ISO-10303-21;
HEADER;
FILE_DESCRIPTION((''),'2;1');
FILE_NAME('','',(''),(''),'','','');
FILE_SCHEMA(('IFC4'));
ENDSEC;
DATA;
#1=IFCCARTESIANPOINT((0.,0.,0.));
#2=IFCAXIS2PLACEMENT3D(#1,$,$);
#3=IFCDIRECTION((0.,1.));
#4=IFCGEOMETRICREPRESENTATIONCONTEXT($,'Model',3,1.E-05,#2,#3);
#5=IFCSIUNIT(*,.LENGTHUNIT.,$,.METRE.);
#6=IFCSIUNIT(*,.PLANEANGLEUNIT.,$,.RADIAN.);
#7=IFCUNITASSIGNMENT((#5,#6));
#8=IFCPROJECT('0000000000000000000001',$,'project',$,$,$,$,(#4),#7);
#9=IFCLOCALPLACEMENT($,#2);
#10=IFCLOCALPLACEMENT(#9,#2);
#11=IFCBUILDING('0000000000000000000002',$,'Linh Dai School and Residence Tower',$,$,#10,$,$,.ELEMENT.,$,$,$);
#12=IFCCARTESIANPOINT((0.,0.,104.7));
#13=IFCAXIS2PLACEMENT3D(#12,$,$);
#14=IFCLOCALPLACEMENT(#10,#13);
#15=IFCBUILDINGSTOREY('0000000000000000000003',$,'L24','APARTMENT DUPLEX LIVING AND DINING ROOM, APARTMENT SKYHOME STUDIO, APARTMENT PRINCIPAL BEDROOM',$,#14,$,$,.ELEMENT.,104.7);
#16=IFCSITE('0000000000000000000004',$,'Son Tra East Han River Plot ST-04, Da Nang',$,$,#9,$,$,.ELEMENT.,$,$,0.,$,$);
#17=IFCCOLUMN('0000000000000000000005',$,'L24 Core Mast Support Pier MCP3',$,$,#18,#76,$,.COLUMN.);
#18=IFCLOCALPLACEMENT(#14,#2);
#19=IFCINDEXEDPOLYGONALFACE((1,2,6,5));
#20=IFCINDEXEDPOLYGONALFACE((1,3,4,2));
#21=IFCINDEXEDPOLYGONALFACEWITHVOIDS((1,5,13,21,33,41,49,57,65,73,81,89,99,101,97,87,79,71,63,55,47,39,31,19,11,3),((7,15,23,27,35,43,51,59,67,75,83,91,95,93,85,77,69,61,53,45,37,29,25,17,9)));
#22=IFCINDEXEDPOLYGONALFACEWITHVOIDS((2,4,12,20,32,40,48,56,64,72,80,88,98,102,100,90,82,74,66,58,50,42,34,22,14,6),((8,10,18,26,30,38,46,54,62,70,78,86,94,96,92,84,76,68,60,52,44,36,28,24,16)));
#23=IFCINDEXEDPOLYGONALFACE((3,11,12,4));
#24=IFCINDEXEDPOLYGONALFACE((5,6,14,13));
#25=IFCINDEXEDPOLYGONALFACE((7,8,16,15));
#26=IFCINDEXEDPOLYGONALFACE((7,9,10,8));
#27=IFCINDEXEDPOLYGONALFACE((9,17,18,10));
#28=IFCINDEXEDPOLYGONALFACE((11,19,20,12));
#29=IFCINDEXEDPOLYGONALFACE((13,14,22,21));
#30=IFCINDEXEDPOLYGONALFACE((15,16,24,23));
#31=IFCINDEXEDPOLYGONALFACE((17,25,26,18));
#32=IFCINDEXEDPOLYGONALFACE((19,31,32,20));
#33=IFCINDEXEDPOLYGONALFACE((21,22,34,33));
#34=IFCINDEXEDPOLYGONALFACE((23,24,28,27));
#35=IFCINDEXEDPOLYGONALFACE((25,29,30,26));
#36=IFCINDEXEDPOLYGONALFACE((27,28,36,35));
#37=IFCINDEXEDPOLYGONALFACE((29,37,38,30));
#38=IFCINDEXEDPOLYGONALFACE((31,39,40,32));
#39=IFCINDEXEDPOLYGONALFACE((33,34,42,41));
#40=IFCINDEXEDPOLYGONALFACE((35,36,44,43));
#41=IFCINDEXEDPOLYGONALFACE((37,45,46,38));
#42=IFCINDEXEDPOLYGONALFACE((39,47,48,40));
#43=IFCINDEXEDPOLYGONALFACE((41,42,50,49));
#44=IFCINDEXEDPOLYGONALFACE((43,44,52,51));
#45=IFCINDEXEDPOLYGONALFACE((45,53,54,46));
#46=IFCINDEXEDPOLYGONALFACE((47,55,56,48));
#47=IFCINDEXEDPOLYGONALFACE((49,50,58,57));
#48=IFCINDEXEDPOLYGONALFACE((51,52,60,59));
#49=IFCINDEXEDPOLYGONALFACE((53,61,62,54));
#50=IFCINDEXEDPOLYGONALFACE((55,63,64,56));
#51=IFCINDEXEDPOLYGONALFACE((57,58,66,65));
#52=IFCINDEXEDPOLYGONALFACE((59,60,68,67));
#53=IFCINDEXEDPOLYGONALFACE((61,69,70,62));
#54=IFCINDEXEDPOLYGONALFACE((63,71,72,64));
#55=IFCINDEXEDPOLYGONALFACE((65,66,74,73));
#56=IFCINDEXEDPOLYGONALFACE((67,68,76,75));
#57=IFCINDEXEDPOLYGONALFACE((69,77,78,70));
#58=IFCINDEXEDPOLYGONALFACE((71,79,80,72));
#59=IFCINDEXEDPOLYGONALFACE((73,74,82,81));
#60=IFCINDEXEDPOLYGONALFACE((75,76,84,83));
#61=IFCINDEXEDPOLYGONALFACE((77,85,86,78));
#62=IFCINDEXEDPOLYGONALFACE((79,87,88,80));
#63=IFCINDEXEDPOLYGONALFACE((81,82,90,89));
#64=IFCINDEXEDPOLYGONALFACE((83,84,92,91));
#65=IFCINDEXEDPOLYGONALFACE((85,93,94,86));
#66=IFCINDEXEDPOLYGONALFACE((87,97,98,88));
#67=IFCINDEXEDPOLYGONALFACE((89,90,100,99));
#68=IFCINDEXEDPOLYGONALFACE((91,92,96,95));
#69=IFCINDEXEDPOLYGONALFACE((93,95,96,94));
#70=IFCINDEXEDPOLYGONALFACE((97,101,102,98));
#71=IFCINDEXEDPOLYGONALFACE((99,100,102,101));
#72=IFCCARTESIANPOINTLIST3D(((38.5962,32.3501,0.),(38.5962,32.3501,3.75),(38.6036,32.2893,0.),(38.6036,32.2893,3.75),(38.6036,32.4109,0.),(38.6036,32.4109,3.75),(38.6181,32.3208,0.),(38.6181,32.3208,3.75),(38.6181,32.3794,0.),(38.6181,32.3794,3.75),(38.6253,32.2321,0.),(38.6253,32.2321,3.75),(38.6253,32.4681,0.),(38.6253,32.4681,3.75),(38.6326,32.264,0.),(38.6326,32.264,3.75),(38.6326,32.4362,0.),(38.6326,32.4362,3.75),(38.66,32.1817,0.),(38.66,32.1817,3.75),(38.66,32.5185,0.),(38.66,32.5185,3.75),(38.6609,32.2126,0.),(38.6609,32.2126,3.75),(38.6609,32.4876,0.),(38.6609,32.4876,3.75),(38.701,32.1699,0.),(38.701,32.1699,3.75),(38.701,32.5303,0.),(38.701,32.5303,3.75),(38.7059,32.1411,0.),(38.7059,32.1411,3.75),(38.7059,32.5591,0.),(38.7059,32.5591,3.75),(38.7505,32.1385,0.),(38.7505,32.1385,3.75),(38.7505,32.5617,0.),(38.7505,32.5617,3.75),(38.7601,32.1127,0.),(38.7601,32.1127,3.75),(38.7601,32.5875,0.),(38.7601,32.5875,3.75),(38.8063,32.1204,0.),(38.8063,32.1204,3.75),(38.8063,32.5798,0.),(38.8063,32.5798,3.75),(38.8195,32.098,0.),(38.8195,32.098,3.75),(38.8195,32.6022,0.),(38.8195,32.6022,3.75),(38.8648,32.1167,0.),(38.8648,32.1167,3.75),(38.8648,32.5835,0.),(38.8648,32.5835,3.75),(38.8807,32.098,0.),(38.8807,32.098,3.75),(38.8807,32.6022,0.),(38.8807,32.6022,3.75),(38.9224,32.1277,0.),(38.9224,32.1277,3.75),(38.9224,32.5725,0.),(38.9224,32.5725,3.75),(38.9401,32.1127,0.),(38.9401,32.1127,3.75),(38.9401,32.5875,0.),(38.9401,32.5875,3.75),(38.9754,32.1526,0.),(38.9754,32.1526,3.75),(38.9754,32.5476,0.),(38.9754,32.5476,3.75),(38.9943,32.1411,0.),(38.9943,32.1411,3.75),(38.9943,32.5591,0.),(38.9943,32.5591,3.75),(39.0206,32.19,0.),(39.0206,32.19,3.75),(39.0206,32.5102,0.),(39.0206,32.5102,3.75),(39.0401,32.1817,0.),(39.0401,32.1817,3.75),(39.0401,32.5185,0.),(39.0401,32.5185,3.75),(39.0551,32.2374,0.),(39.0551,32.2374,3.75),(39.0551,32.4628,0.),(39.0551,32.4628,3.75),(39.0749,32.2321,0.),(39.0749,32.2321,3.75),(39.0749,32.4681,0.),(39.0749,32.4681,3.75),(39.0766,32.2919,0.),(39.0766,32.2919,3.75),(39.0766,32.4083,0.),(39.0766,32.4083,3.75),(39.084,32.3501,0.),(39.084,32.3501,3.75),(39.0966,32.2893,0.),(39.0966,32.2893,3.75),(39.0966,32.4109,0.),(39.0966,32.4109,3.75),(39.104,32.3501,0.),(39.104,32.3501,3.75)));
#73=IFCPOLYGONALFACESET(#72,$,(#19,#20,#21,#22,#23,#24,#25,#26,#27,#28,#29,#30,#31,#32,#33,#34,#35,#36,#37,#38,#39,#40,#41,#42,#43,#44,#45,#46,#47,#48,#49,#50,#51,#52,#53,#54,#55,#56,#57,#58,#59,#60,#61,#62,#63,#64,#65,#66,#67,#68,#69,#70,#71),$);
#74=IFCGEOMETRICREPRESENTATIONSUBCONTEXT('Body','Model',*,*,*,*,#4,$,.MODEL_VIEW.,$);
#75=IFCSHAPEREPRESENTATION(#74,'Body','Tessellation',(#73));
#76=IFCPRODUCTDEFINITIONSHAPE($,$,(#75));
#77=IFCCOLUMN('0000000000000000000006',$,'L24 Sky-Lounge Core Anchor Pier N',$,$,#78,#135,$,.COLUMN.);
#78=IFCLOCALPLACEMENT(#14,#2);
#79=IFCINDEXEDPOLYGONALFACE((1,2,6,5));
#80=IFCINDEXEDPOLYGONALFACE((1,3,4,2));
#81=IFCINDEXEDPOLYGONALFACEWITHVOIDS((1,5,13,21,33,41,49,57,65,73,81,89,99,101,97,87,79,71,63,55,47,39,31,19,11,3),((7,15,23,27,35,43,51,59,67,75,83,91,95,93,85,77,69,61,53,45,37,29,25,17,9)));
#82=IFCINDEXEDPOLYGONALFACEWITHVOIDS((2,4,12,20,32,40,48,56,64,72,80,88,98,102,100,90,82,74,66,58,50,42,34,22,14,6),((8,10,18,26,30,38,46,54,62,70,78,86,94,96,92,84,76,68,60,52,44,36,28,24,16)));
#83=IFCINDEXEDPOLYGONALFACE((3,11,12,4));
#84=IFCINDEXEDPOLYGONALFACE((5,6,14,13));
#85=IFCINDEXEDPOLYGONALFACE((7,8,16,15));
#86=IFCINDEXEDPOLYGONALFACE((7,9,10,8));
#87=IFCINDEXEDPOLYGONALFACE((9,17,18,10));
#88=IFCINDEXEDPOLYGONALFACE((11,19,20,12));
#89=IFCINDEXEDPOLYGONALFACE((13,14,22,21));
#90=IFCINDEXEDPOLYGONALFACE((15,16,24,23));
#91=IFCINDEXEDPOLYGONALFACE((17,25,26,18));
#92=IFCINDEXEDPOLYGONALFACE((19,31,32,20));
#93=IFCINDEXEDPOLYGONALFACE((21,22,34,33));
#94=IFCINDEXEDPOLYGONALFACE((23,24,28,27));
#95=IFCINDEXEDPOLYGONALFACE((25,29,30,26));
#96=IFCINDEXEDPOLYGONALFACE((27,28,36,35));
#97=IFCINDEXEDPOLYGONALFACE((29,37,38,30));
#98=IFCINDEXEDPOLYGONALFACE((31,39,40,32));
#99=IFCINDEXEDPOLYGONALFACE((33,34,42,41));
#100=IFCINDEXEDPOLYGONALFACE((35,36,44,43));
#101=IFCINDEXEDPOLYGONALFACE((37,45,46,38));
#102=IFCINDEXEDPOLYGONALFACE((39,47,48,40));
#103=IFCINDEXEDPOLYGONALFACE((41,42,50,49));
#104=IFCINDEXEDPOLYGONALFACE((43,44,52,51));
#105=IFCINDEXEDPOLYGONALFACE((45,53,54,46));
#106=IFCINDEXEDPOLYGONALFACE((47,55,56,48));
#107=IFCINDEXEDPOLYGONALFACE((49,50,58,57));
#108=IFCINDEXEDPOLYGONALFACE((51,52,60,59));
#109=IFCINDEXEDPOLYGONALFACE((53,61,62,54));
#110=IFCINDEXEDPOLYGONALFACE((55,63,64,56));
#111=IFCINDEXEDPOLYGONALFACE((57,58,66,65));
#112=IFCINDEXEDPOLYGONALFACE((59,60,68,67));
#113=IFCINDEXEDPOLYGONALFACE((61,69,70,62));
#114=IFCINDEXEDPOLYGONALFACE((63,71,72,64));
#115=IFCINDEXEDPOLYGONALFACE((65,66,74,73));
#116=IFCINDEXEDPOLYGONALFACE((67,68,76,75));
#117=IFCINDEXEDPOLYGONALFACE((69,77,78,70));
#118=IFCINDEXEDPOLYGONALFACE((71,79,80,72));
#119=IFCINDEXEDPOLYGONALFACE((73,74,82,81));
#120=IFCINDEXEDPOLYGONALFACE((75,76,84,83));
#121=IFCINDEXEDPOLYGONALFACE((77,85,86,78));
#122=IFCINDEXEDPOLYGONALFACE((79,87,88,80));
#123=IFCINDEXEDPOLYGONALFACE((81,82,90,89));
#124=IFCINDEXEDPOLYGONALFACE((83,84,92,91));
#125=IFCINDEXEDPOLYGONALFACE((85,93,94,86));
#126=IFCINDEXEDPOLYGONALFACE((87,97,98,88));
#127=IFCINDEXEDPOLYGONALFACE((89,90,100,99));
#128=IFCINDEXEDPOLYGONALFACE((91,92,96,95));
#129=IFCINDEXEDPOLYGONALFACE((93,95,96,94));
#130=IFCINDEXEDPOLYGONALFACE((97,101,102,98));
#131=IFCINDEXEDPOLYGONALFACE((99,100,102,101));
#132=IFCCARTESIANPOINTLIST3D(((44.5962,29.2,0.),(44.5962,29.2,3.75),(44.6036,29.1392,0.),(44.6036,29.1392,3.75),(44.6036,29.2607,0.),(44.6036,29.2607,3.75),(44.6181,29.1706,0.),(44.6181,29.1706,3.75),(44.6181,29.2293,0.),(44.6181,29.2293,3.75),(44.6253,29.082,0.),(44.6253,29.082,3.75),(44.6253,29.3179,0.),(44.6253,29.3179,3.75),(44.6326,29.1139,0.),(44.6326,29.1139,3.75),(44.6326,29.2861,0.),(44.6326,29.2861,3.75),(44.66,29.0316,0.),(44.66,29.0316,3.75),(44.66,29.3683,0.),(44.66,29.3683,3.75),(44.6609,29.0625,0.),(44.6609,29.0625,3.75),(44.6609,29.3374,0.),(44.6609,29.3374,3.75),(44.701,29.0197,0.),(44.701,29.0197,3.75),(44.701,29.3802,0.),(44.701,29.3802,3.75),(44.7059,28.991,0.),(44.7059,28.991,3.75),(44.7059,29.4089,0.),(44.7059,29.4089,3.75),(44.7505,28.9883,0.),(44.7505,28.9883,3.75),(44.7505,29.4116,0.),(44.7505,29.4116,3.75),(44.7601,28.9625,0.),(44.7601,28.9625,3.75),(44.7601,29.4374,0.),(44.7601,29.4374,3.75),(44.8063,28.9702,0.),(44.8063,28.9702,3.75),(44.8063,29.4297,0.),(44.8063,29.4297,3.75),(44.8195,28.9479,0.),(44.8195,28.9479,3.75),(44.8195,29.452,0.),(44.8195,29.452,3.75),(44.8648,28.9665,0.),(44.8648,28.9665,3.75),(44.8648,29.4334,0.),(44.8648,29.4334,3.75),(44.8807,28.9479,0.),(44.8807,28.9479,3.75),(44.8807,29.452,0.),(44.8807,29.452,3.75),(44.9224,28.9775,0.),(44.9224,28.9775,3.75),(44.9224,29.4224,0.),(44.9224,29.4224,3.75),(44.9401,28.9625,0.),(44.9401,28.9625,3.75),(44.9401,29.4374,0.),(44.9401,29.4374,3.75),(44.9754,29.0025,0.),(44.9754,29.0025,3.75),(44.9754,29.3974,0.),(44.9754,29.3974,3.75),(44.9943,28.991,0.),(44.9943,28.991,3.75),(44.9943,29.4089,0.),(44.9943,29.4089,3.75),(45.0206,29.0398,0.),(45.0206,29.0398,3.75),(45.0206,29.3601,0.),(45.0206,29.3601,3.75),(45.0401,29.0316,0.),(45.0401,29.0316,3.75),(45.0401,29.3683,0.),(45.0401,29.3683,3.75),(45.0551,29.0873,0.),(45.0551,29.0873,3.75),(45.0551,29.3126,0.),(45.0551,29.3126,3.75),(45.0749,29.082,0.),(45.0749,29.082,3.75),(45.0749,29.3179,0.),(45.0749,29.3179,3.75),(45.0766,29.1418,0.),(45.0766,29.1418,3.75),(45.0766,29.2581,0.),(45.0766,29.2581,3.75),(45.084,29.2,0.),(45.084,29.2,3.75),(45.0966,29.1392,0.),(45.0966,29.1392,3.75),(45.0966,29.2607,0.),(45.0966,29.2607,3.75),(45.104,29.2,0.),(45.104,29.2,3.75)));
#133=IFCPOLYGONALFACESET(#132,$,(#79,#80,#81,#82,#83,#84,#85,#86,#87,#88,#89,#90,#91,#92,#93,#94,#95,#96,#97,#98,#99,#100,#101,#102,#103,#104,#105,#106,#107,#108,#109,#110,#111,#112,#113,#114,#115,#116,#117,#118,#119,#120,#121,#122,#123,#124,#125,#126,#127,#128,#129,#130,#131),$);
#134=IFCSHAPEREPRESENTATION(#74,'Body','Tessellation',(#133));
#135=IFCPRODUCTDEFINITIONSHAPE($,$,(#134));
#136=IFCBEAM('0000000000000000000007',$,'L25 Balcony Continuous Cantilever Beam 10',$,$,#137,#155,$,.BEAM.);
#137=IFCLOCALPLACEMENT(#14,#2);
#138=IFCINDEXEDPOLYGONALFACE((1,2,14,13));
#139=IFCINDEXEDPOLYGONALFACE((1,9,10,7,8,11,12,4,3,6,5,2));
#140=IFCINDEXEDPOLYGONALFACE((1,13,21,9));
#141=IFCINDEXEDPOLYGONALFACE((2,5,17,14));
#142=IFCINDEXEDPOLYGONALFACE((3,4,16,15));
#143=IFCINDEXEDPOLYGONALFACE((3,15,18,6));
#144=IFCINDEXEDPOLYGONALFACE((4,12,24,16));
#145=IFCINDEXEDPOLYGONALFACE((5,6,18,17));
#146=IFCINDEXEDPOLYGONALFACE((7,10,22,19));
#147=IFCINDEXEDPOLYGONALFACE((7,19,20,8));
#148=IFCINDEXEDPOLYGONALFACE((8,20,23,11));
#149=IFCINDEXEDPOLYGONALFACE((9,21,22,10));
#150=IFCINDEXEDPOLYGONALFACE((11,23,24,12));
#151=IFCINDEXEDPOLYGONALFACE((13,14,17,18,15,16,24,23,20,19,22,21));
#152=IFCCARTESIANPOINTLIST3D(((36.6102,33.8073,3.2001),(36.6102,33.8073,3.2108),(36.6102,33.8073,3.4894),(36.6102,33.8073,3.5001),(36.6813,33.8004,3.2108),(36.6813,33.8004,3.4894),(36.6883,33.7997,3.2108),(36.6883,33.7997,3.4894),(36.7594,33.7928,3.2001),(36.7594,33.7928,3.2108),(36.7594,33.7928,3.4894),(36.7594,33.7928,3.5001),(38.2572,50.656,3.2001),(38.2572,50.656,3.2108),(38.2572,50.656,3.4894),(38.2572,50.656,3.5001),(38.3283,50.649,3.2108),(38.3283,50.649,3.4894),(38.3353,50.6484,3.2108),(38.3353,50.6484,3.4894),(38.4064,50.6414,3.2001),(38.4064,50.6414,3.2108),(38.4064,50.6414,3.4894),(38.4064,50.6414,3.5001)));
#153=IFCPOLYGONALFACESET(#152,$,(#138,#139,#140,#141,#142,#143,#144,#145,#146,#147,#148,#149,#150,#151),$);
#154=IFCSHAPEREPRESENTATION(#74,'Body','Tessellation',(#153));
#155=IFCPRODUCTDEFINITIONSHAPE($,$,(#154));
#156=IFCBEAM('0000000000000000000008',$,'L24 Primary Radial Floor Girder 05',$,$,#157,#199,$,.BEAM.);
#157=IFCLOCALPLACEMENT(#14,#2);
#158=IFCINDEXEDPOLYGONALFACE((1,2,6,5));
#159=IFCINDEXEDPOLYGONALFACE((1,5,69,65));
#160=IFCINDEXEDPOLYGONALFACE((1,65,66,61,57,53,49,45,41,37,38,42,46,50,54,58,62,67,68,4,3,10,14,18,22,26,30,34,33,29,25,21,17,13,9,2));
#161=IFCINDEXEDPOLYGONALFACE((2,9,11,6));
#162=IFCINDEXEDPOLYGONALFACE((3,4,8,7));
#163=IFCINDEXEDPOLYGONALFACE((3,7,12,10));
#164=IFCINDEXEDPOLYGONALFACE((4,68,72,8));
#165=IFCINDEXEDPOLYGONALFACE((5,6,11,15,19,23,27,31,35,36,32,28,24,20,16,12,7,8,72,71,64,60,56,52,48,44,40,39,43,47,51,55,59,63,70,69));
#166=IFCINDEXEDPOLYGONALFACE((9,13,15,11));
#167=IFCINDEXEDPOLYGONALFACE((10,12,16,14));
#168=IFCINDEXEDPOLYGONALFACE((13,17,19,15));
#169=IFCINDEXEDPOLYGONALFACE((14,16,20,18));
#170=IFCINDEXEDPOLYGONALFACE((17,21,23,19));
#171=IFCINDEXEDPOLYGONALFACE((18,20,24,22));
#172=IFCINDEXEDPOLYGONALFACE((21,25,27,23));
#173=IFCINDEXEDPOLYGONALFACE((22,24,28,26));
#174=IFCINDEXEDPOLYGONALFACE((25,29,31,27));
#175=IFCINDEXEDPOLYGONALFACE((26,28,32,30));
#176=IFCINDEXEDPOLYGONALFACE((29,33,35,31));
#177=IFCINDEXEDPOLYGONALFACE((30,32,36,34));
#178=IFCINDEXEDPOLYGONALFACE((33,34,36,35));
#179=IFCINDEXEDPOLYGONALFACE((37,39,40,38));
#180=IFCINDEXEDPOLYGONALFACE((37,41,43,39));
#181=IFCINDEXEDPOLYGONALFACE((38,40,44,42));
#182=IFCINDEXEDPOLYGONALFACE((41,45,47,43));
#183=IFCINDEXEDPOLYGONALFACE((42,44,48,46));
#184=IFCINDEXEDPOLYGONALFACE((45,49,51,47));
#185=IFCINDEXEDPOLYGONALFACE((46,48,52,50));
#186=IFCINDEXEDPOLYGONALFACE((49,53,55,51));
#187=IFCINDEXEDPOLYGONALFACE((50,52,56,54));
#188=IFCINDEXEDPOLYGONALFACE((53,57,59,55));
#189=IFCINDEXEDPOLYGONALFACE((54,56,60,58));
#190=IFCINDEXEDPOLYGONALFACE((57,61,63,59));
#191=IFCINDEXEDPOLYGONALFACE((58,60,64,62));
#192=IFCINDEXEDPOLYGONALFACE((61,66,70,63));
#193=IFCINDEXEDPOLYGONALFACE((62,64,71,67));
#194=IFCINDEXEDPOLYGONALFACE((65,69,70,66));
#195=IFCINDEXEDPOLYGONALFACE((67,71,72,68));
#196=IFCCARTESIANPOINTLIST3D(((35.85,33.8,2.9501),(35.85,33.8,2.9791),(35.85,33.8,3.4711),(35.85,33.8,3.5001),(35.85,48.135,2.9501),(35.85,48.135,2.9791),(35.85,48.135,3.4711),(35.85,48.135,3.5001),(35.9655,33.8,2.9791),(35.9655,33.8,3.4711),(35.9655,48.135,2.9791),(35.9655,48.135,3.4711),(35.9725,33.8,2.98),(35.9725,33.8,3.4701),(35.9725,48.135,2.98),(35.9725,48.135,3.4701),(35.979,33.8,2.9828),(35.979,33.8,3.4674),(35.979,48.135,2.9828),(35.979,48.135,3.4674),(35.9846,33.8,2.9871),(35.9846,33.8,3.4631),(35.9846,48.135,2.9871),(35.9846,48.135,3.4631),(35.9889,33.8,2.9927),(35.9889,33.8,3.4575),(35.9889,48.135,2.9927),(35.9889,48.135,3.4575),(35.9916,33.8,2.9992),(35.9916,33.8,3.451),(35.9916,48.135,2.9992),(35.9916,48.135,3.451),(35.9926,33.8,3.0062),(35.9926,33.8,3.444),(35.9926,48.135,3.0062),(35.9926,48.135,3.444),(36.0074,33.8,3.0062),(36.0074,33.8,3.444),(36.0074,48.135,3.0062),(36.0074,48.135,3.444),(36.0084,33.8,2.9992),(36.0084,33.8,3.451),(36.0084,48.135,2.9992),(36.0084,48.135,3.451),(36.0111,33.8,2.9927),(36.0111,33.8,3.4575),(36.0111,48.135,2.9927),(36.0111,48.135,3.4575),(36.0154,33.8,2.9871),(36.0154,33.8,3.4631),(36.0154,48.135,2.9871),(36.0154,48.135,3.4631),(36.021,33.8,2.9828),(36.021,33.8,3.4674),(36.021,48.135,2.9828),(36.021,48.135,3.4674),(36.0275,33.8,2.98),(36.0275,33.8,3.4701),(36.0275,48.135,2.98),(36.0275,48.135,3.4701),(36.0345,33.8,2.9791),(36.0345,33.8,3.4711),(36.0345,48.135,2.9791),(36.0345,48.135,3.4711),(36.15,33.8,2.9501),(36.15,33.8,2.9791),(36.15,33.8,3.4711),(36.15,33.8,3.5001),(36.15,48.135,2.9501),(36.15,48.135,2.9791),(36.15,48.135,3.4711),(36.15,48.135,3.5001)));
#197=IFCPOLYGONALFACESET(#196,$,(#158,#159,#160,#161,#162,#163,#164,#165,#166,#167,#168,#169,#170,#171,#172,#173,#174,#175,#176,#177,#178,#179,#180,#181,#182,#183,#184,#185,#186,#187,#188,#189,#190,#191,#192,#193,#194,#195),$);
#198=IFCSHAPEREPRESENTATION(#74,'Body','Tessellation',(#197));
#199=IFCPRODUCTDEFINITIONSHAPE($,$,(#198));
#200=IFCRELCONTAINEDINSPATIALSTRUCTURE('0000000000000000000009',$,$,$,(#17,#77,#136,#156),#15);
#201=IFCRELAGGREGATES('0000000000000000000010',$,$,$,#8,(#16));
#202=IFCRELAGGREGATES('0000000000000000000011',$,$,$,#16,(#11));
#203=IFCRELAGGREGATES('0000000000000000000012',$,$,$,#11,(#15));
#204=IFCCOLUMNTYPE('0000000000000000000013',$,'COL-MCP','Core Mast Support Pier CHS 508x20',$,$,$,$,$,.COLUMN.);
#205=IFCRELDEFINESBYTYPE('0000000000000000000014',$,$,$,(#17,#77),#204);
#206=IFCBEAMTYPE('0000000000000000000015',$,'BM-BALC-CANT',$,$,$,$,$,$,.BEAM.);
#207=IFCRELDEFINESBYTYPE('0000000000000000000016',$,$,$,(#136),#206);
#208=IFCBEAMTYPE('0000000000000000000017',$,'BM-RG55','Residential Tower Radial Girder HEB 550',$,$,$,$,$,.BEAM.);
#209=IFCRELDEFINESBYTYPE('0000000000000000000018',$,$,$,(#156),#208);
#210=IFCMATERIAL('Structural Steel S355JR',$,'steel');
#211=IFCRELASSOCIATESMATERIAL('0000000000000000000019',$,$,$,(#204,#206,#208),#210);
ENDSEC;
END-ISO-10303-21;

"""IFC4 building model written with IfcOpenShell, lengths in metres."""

from ifc_helpers import new_model, si_unit, direction, frame, origin, origin_2d, place, context, subcontext, project, spatial, hollow_circle, i_section, extrude, material, material_profile, profile_set, type_object, element, save


model = new_model("IFC4")

# Units and contexts
model_context = context("Model", 3, precision=1e-05, world=origin(), true_north=direction((0.0, 1.0)))
body_context = subcontext(model_context, "Body", "Model", "MODEL_VIEW")
ifc_project = project(units=[si_unit("LENGTHUNIT", "METRE"), si_unit("PLANEANGLEUNIT", "RADIAN")], contexts=[model_context])

# Site, building, storey
site_placement = place(None, origin())
site = spatial("IfcSite", under=ifc_project, at=site_placement, Name="Son Tra East Han River Plot ST-04, Da Nang", CompositionType="ELEMENT", RefElevation=0.0)
building_placement = place(site_placement, origin())
building = spatial("IfcBuilding", under=site, at=building_placement, Name="Linh Dai School and Residence Tower", CompositionType="ELEMENT")
storey_placement = place(building_placement, frame((0.0, 0.0, 104.7)))
storey = spatial("IfcBuildingStorey", under=building, at=storey_placement, Name="L24", Description="APARTMENT DUPLEX LIVING AND DINING ROOM, APARTMENT SKYHOME STUDIO, APARTMENT PRINCIPAL BEDROOM", CompositionType="ELEMENT", Elevation=104.7)

# Columns
ifc_material_1 = material(Name="Structural Steel S355JR", Category="steel")
ifc_material_profile_1 = material_profile(ifc_material_1, hollow_circle(Radius=0.2539, WallThickness=0.02, at=origin_2d()), Name="CHS 508x20")
ifc_profile_set_1 = profile_set([ifc_material_profile_1], Name="Structural Steel S355JR")
column_type_1 = type_object("IfcColumnType", Name="COL-MCP", Description="Core Mast Support Pier CHS 508x20", PredefinedType="COLUMN", material=ifc_profile_set_1)
for number, where, z_axis, x_axis, name in (
    (1, (38.8501, 32.3501, 0.0), (0.0, 0.0, 1.0), (1.0, 0.0, 0.0), "L24 Core Mast Support Pier MCP3"),
    (2, (44.8501, 29.2, 0.0), (0.0, 0.0, 1.0), (1.0, 0.0, 0.0), "L24 Sky-Lounge Core Anchor Pier N"),
):
    element("IfcColumn", number, at=place(storey_placement, frame(where, z_axis=z_axis, x_axis=x_axis)), inside=storey, type_object=column_type_1, Name=name, PredefinedType="COLUMN", context=body_context, shape_type="SweptSolid", body=[
        extrude(hollow_circle(Radius=0.2539, WallThickness=0.02, at=origin_2d()), origin(), (0.0, 0.0, 1.0), 3.75),
    ])

# Beams
ifc_material_profile_2 = material_profile(ifc_material_1, i_section(OverallWidth=0.1499, OverallDepth=0.3, WebThickness=0.0071, FlangeThickness=0.0107, at=origin_2d()), Name="IPE 300")
ifc_profile_set_2 = profile_set([ifc_material_profile_2], Name="Structural Steel S355JR")
beam_type_1 = type_object("IfcBeamType", Name="BM-BALC-CANT", PredefinedType="BEAM", material=ifc_profile_set_2)
beam_1_placement = place(storey_placement, frame((36.6848, 33.8, 3.3501), z_axis=(0.097287, 0.995256, 0.0), x_axis=(-0.995256, 0.097287, 0.0)))
element("IfcBeam", 3, at=beam_1_placement, inside=storey, type_object=beam_type_1, Name="L25 Balcony Continuous Cantilever Beam 10", PredefinedType="BEAM", context=body_context, shape_type="SweptSolid", body=[
    extrude(i_section(OverallWidth=0.1499, OverallDepth=0.3, WebThickness=0.0071, FlangeThickness=0.0107, at=origin_2d()), origin(), (0.0, 0.0, 1.0), 16.929),
])
ifc_material_profile_3 = material_profile(ifc_material_1, i_section(OverallWidth=0.3, OverallDepth=0.55, WebThickness=0.0149, FlangeThickness=0.0291, FilletRadius=0.0271, at=origin_2d()), Name="HEB 550")
ifc_profile_set_3 = profile_set([ifc_material_profile_3], Name="Structural Steel S355JR")
beam_type_2 = type_object("IfcBeamType", Name="BM-RG55", Description="Residential Tower Radial Girder HEB 550", PredefinedType="BEAM", material=ifc_profile_set_3)
beam_2_placement = place(storey_placement, frame((36.0, 33.8, 3.2251), z_axis=(0.0, 1.0, 0.0), x_axis=(-1.0, 0.0, 0.0)))
element("IfcBeam", 4, at=beam_2_placement, inside=storey, type_object=beam_type_2, Name="L24 Primary Radial Floor Girder 05", PredefinedType="BEAM", context=body_context, shape_type="SweptSolid", body=[
    extrude(i_section(OverallWidth=0.3, OverallDepth=0.55, WebThickness=0.0149, FlangeThickness=0.0291, FilletRadius=0.0271, at=origin_2d()), origin(), (0.0, 0.0, 1.0), 14.335),
])

save(model, "model.ifc")
